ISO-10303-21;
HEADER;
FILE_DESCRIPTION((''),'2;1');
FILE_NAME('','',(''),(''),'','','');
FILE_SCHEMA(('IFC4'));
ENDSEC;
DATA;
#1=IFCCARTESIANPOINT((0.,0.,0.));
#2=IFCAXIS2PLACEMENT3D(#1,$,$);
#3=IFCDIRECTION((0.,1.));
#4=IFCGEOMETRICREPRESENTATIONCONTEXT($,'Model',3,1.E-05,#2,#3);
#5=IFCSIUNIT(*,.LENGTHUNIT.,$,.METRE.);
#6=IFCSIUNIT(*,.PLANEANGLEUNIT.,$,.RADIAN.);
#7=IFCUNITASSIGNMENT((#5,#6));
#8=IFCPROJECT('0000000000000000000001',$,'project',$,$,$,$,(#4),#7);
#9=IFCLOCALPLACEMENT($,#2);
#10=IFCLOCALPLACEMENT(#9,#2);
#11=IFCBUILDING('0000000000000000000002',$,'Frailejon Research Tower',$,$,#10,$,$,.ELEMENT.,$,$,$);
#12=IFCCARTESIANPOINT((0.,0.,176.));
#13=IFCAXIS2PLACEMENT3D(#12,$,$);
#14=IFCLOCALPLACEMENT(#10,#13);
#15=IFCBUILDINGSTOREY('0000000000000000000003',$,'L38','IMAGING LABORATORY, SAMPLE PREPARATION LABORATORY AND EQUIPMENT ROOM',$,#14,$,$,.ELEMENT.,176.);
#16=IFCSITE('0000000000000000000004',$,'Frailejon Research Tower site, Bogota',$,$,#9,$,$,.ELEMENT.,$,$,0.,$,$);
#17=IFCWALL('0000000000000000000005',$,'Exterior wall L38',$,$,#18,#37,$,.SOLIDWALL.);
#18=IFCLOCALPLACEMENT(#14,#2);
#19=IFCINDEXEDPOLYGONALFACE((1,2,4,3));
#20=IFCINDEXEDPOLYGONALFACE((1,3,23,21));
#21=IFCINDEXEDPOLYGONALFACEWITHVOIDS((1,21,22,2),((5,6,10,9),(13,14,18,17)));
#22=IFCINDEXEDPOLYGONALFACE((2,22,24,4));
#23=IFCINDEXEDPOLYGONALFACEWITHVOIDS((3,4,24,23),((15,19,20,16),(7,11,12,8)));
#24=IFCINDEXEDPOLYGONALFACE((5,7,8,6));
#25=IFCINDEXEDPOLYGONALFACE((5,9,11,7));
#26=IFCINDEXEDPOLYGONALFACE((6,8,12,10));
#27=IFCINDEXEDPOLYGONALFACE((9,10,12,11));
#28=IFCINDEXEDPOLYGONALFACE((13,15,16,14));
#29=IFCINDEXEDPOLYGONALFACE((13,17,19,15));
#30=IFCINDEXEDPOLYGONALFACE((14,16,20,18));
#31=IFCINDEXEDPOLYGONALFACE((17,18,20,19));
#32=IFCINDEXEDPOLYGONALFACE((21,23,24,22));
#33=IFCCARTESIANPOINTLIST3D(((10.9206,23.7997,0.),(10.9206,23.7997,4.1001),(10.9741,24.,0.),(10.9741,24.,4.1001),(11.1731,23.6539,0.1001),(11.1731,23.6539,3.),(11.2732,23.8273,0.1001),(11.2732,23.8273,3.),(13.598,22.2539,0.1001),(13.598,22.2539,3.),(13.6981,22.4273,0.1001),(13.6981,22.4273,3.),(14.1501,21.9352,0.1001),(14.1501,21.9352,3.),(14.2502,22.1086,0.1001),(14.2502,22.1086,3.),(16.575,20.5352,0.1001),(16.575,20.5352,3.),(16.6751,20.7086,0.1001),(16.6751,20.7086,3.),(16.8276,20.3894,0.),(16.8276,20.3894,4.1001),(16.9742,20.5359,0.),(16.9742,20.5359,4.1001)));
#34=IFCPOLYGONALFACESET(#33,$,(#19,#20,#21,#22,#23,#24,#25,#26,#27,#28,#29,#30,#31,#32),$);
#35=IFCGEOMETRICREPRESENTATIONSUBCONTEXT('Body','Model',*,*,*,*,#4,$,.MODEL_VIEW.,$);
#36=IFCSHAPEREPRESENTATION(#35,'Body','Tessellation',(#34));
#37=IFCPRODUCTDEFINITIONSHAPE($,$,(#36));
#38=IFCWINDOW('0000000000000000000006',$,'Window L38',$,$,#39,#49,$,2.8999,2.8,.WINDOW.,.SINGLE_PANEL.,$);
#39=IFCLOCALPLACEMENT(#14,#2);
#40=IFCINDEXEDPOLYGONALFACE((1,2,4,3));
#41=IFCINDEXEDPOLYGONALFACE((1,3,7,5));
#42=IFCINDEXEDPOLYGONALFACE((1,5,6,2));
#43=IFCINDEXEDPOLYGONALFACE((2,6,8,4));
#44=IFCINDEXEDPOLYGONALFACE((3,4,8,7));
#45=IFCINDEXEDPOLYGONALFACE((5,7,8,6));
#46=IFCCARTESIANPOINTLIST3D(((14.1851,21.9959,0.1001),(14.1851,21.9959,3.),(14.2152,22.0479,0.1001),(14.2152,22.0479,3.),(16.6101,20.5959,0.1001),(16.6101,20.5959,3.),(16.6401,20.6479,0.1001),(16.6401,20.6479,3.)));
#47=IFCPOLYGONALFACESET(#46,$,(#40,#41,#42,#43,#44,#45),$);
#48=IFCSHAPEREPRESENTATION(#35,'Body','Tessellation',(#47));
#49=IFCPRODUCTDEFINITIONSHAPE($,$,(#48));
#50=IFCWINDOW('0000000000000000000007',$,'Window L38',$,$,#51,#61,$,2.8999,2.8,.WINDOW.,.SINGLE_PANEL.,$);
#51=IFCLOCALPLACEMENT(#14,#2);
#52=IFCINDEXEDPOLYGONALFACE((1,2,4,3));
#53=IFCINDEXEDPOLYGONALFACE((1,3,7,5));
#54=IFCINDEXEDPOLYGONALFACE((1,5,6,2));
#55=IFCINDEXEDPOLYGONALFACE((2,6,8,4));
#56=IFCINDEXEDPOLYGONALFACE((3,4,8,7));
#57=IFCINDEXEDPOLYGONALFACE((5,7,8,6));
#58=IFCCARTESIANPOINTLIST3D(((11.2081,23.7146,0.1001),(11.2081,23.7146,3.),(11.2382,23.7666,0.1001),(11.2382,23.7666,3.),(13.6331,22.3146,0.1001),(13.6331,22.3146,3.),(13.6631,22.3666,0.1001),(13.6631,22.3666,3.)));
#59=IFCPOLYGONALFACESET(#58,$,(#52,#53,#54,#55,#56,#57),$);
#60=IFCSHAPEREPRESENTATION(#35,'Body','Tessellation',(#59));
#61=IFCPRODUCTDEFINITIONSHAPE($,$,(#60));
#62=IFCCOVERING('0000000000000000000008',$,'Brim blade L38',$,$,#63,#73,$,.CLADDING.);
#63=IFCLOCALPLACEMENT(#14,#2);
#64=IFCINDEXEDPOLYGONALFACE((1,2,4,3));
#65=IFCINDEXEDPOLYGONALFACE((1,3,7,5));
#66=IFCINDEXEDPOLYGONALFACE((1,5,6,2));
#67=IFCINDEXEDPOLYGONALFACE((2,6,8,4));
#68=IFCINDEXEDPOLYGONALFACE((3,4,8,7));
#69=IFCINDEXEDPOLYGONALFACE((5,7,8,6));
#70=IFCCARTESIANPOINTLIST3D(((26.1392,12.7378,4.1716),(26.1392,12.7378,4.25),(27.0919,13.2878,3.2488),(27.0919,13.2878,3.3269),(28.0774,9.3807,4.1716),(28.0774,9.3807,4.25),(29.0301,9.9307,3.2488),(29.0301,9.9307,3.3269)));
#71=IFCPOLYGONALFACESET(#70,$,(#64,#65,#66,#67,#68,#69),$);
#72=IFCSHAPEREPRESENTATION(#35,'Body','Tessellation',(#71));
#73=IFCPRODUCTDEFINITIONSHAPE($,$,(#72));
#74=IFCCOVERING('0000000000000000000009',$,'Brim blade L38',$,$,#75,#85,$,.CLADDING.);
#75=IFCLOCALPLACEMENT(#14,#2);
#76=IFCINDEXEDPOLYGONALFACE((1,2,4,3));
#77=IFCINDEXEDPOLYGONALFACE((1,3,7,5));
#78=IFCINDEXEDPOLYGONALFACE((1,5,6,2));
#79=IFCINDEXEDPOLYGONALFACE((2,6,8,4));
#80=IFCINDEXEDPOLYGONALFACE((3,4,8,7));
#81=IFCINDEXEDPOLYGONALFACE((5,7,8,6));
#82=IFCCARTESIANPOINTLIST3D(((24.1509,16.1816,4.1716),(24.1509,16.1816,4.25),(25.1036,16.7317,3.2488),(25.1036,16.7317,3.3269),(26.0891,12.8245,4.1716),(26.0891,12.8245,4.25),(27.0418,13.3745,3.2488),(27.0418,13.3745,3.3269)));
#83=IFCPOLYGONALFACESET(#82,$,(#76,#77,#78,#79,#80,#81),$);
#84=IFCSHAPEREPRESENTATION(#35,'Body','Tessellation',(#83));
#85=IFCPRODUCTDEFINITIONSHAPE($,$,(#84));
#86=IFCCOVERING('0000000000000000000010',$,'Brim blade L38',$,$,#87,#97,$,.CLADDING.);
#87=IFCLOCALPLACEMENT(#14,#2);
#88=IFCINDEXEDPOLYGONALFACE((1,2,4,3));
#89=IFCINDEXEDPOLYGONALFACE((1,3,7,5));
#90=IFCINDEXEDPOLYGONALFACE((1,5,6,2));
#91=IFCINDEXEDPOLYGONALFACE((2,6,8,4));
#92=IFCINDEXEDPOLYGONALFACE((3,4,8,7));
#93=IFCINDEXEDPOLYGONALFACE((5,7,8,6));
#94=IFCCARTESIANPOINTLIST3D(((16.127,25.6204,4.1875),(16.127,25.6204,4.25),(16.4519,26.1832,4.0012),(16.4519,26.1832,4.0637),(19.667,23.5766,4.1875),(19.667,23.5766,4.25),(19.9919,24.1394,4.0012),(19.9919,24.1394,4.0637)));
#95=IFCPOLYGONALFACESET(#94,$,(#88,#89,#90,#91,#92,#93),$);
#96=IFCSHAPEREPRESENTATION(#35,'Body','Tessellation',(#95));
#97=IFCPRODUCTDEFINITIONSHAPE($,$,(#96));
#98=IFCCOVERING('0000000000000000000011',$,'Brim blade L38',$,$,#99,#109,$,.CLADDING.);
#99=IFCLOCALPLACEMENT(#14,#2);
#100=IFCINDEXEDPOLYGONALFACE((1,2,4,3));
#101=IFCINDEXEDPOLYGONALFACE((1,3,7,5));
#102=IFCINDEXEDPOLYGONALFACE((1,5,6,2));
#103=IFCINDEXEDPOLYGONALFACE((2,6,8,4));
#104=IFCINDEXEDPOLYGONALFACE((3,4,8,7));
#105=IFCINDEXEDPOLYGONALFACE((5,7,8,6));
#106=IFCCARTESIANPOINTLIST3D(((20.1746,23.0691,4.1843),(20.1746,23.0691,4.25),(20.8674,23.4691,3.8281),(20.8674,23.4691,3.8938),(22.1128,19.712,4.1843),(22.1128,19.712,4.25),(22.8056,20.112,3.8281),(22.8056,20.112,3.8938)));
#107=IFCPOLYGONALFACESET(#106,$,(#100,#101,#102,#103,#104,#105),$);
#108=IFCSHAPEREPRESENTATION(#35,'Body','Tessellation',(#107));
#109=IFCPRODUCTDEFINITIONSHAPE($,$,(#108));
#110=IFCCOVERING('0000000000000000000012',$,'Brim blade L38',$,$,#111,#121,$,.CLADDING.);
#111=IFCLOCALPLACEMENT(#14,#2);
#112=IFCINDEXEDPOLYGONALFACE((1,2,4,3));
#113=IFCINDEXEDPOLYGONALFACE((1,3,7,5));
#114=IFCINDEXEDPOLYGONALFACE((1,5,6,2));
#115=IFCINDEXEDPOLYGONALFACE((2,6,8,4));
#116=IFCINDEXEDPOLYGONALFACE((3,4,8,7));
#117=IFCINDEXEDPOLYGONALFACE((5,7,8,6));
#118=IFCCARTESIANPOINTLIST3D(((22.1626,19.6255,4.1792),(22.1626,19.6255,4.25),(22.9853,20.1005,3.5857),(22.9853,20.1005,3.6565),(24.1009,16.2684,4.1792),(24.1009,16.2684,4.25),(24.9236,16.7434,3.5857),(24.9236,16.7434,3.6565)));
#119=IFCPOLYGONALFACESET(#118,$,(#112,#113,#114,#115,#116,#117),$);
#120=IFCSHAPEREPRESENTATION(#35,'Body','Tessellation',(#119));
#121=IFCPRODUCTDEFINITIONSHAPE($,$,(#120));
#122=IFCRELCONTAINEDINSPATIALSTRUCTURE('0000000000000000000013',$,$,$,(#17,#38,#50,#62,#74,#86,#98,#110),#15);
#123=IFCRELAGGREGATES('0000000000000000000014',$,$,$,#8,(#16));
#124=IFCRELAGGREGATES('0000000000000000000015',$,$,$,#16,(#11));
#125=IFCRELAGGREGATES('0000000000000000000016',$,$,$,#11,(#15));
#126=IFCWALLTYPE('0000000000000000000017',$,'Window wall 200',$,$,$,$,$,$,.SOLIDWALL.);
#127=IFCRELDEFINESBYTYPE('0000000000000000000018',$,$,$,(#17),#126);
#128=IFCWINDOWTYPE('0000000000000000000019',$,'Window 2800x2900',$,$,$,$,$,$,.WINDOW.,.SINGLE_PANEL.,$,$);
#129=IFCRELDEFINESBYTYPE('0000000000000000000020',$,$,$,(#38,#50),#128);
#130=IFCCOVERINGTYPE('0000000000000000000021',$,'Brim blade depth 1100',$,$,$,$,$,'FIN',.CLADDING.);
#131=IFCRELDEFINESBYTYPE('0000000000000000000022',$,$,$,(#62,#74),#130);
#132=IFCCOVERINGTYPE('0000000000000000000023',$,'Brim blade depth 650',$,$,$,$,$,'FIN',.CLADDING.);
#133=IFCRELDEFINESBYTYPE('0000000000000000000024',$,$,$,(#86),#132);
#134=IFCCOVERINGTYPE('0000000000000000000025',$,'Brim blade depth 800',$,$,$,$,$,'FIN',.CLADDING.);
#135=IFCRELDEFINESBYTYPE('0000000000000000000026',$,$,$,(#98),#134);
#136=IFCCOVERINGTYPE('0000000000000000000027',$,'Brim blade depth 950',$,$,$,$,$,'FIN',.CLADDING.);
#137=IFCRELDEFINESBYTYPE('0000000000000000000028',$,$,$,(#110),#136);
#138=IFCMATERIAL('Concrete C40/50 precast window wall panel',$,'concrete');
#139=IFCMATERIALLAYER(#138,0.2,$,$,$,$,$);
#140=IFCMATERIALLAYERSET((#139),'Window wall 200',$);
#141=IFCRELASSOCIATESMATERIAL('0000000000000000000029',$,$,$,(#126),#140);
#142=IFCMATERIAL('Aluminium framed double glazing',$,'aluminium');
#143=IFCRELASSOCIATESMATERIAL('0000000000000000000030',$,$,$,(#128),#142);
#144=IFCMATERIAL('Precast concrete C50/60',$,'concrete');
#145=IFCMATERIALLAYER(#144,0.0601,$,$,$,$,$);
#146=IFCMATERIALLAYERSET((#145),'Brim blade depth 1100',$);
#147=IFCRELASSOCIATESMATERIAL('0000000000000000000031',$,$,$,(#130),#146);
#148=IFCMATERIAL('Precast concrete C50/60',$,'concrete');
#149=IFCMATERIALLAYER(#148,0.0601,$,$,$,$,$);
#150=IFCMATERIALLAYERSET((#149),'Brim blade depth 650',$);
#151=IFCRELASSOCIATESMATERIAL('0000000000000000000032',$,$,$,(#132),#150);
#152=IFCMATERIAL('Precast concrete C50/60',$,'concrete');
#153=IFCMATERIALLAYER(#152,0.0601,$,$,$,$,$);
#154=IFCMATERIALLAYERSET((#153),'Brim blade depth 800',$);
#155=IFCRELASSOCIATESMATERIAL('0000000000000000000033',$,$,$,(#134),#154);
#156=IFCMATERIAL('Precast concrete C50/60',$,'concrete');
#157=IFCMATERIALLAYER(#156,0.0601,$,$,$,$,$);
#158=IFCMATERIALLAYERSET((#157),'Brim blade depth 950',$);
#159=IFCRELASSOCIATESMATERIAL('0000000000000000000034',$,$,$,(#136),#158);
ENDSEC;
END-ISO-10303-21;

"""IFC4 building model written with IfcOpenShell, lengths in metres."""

from ifc_helpers import new_model, si_unit, direction, frame, frame_2d, origin, place, context, subcontext, project, spatial, polyline, rectangle, outline, extrude, material, layer, layer_set, type_object, element, fill, save


model = new_model("IFC4")

# Units and contexts
model_context = context("Model", 3, precision=1e-05, world=origin(), true_north=direction((0.0, 1.0)))
body_context = subcontext(model_context, "Body", "Model", "MODEL_VIEW")
ifc_project = project(units=[si_unit("LENGTHUNIT", "METRE"), si_unit("PLANEANGLEUNIT", "RADIAN")], contexts=[model_context])

# Site, building, storey
site_placement = place(None, origin())
site = spatial("IfcSite", under=ifc_project, at=site_placement, Name="Frailejon Research Tower site, Bogota", CompositionType="ELEMENT", RefElevation=0.0)
building_placement = place(site_placement, origin())
building = spatial("IfcBuilding", under=site, at=building_placement, Name="Frailejon Research Tower", CompositionType="ELEMENT")
storey_placement = place(building_placement, frame((0.0, 0.0, 176.0)))
storey = spatial("IfcBuildingStorey", under=building, at=storey_placement, Name="L38", Description="IMAGING LABORATORY, SAMPLE PREPARATION LABORATORY AND EQUIPMENT ROOM", CompositionType="ELEMENT", Elevation=176.0)

# Wall, openings, windows
ifc_material_1 = material(Name="Concrete C40/50 precast window wall panel", Category="concrete")
ifc_layer_1 = layer(ifc_material_1, 0.2)
ifc_layer_set_1 = layer_set([ifc_layer_1], Name="Window wall 200")
wall_type_1 = type_object("IfcWallType", Name="Window wall 200", PredefinedType="SOLIDWALL", material=ifc_layer_set_1)
wall_1_placement = place(storey_placement, frame((16.9009, 20.4626, 0.0), z_axis=(0.0, 0.0, 1.0), x_axis=(-0.866029, 0.499993, 0.0)))
wall_1 = element("IfcWall", 1, at=wall_1_placement, inside=storey, type_object=wall_type_1, Name="Exterior wall L38", PredefinedType="SOLIDWALL", context=body_context, shape_type="SweptSolid", body=[
    extrude(outline(polyline([(-0.0269, -0.1001), (1.1279, -0.1001), (2.2825, -0.1001), (3.4373, -0.1001), (4.592, -0.1001), (5.7466, -0.1001), (6.9014, -0.1001), (6.8477, 0.1001), (5.7109, 0.1001), (4.574, 0.1001), (3.4373, 0.1001), (2.3005, 0.1001), (1.1636, 0.1001), (0.0269, 0.1001), (-0.0269, -0.1001)])), origin(), (0.0, 0.0, 1.0), 4.1001),
])
opening_1_placement = place(wall_1_placement, frame((0.3186, 0.0, 0.1001)))
opening_1 = element("IfcOpeningElement", 2, at=opening_1_placement, cuts=wall_1, PredefinedType="OPENING", context=body_context, shape_type="SweptSolid", body=[
    extrude(rectangle(XDim=2.8, YDim=2.8999, at=frame_2d((1.3999, 1.45))), frame((0.0, 0.1099, 0.0), z_axis=(0.0, -1.0, 0.0), x_axis=(1.0, 0.0, 0.0)), (0.0, 0.0, 1.0), 0.22),
])
opening_2_placement = place(wall_1_placement, frame((3.7561, 0.0, 0.1001)))
opening_2 = element("IfcOpeningElement", 3, at=opening_2_placement, cuts=wall_1, PredefinedType="OPENING", context=body_context, shape_type="SweptSolid", body=[
    extrude(rectangle(XDim=2.8, YDim=2.8999, at=frame_2d((1.3999, 1.45))), frame((0.0, 0.1099, 0.0), z_axis=(0.0, -1.0, 0.0), x_axis=(1.0, 0.0, 0.0)), (0.0, 0.0, 1.0), 0.22),
])
ifc_material_2 = material(Name="Aluminium framed double glazing", Category="aluminium")
window_type = type_object("IfcWindowType", Name="Window 2800x2900", PartitioningType="SINGLE_PANEL", PredefinedType="WINDOW", material=ifc_material_2)
window_1_placement = place(opening_1_placement, origin())
window_1 = element("IfcWindow", 4, at=window_1_placement, inside=storey, type_object=window_type, Name="Window L38", OverallHeight=2.8999, OverallWidth=2.8, PartitioningType="SINGLE_PANEL", PredefinedType="WINDOW", context=body_context, shape_type="SweptSolid", body=[
    extrude(rectangle(XDim=2.8, YDim=2.8999, at=frame_2d((1.3999, 1.45))), frame((0.0, 0.03, 0.0), z_axis=(0.0, -1.0, 0.0), x_axis=(1.0, 0.0, 0.0)), (0.0, 0.0, 1.0), 0.0601),
])
fill(opening_1, window_1)
window_2_placement = place(opening_2_placement, origin())
window_2 = element("IfcWindow", 5, at=window_2_placement, inside=storey, type_object=window_type, Name="Window L38", OverallHeight=2.8999, OverallWidth=2.8, PartitioningType="SINGLE_PANEL", PredefinedType="WINDOW", context=body_context, shape_type="SweptSolid", body=[
    extrude(rectangle(XDim=2.8, YDim=2.8999, at=frame_2d((1.3999, 1.45))), frame((0.0, 0.03, 0.0), z_axis=(0.0, -1.0, 0.0), x_axis=(1.0, 0.0, 0.0)), (0.0, 0.0, 1.0), 0.0601),
])
fill(opening_2, window_2)

# Coverings
ifc_material_3 = material(Name="Precast concrete C50/60", Category="concrete")
ifc_layer_2 = layer(ifc_material_3, 0.0601)
ifc_layer_set_2 = layer_set([ifc_layer_2], Name="Brim blade depth 1100")
covering_type_1 = type_object("IfcCoveringType", Name="Brim blade depth 1100", ElementType="FIN", PredefinedType="CLADDING", material=ifc_layer_set_2)
for number, where, z_axis, x_axis, name in (
    (6, (26.1392, 12.7378, 4.25), (0.499996, -0.866028, 0.0), (0.866028, 0.499996, 0.0), "Brim blade L38"),
    (7, (24.1509, 16.1816, 4.25), (0.499985, -0.866034, 0.0), (0.866034, 0.499985, 0.0), "Brim blade L38"),
):
    element("IfcCovering", number, at=place(storey_placement, frame(where, z_axis=z_axis, x_axis=x_axis)), inside=storey, type_object=covering_type_1, Name=name, PredefinedType="CLADDING", context=body_context, shape_type="SweptSolid", body=[
        extrude(outline(polyline([(0.0, -0.0784), (1.1001, -1.0012), (1.1001, -0.9231), (0.0, 0.0), (0.0, -0.0784)])), origin(), (0.0, 0.0, 1.0), 3.8765),
    ])
ifc_material_4 = material(Name="Precast concrete C50/60", Category="concrete")
ifc_layer_3 = layer(ifc_material_4, 0.0601)
ifc_layer_set_3 = layer_set([ifc_layer_3], Name="Brim blade depth 650")
covering_type_2 = type_object("IfcCoveringType", Name="Brim blade depth 650", ElementType="FIN", PredefinedType="CLADDING", material=ifc_layer_set_3)
covering_1_placement = place(storey_placement, frame((16.127, 25.6204, 4.25), z_axis=(0.866027, -0.499997, 0.0), x_axis=(0.499997, 0.866027, 0.0)))
element("IfcCovering", 8, at=covering_1_placement, inside=storey, type_object=covering_type_2, Name="Brim blade L38", PredefinedType="CLADDING", context=body_context, shape_type="SweptSolid", body=[
    extrude(outline(polyline([(0.0, -0.0625), (0.6499, -0.2488), (0.6499, -0.1863), (0.0, 0.0), (0.0, -0.0625)])), origin(), (0.0, 0.0, 1.0), 4.0876),
])
ifc_material_5 = material(Name="Precast concrete C50/60", Category="concrete")
ifc_layer_4 = layer(ifc_material_5, 0.0601)
ifc_layer_set_4 = layer_set([ifc_layer_4], Name="Brim blade depth 800")
covering_type_3 = type_object("IfcCoveringType", Name="Brim blade depth 800", ElementType="FIN", PredefinedType="CLADDING", material=ifc_layer_set_4)
covering_2_placement = place(storey_placement, frame((20.1746, 23.0691, 4.25), z_axis=(0.499996, -0.866028, 0.0), x_axis=(0.866028, 0.499996, 0.0)))
element("IfcCovering", 9, at=covering_2_placement, inside=storey, type_object=covering_type_3, Name="Brim blade L38", PredefinedType="CLADDING", context=body_context, shape_type="SweptSolid", body=[
    extrude(outline(polyline([(0.0, -0.0657), (0.8, -0.4219), (0.8, -0.3562), (0.0, 0.0), (0.0, -0.0657)])), origin(), (0.0, 0.0, 1.0), 3.8765),
])
ifc_material_6 = material(Name="Precast concrete C50/60", Category="concrete")
ifc_layer_5 = layer(ifc_material_6, 0.0601)
ifc_layer_set_5 = layer_set([ifc_layer_5], Name="Brim blade depth 950")
covering_type_4 = type_object("IfcCoveringType", Name="Brim blade depth 950", ElementType="FIN", PredefinedType="CLADDING", material=ifc_layer_set_5)
covering_3_placement = place(storey_placement, frame((22.1626, 19.6255, 4.25), z_axis=(0.500015, -0.866017, 0.0), x_axis=(0.866017, 0.500015, 0.0)))
element("IfcCovering", 10, at=covering_3_placement, inside=storey, type_object=covering_type_4, Name="Brim blade L38", PredefinedType="CLADDING", context=body_context, shape_type="SweptSolid", body=[
    extrude(outline(polyline([(0.0, -0.0708), (0.95, -0.6643), (0.95, -0.5935), (0.0, 0.0), (0.0, -0.0708)])), origin(), (0.0, 0.0, 1.0), 3.8765),
])

save(model, "model.ifc")
